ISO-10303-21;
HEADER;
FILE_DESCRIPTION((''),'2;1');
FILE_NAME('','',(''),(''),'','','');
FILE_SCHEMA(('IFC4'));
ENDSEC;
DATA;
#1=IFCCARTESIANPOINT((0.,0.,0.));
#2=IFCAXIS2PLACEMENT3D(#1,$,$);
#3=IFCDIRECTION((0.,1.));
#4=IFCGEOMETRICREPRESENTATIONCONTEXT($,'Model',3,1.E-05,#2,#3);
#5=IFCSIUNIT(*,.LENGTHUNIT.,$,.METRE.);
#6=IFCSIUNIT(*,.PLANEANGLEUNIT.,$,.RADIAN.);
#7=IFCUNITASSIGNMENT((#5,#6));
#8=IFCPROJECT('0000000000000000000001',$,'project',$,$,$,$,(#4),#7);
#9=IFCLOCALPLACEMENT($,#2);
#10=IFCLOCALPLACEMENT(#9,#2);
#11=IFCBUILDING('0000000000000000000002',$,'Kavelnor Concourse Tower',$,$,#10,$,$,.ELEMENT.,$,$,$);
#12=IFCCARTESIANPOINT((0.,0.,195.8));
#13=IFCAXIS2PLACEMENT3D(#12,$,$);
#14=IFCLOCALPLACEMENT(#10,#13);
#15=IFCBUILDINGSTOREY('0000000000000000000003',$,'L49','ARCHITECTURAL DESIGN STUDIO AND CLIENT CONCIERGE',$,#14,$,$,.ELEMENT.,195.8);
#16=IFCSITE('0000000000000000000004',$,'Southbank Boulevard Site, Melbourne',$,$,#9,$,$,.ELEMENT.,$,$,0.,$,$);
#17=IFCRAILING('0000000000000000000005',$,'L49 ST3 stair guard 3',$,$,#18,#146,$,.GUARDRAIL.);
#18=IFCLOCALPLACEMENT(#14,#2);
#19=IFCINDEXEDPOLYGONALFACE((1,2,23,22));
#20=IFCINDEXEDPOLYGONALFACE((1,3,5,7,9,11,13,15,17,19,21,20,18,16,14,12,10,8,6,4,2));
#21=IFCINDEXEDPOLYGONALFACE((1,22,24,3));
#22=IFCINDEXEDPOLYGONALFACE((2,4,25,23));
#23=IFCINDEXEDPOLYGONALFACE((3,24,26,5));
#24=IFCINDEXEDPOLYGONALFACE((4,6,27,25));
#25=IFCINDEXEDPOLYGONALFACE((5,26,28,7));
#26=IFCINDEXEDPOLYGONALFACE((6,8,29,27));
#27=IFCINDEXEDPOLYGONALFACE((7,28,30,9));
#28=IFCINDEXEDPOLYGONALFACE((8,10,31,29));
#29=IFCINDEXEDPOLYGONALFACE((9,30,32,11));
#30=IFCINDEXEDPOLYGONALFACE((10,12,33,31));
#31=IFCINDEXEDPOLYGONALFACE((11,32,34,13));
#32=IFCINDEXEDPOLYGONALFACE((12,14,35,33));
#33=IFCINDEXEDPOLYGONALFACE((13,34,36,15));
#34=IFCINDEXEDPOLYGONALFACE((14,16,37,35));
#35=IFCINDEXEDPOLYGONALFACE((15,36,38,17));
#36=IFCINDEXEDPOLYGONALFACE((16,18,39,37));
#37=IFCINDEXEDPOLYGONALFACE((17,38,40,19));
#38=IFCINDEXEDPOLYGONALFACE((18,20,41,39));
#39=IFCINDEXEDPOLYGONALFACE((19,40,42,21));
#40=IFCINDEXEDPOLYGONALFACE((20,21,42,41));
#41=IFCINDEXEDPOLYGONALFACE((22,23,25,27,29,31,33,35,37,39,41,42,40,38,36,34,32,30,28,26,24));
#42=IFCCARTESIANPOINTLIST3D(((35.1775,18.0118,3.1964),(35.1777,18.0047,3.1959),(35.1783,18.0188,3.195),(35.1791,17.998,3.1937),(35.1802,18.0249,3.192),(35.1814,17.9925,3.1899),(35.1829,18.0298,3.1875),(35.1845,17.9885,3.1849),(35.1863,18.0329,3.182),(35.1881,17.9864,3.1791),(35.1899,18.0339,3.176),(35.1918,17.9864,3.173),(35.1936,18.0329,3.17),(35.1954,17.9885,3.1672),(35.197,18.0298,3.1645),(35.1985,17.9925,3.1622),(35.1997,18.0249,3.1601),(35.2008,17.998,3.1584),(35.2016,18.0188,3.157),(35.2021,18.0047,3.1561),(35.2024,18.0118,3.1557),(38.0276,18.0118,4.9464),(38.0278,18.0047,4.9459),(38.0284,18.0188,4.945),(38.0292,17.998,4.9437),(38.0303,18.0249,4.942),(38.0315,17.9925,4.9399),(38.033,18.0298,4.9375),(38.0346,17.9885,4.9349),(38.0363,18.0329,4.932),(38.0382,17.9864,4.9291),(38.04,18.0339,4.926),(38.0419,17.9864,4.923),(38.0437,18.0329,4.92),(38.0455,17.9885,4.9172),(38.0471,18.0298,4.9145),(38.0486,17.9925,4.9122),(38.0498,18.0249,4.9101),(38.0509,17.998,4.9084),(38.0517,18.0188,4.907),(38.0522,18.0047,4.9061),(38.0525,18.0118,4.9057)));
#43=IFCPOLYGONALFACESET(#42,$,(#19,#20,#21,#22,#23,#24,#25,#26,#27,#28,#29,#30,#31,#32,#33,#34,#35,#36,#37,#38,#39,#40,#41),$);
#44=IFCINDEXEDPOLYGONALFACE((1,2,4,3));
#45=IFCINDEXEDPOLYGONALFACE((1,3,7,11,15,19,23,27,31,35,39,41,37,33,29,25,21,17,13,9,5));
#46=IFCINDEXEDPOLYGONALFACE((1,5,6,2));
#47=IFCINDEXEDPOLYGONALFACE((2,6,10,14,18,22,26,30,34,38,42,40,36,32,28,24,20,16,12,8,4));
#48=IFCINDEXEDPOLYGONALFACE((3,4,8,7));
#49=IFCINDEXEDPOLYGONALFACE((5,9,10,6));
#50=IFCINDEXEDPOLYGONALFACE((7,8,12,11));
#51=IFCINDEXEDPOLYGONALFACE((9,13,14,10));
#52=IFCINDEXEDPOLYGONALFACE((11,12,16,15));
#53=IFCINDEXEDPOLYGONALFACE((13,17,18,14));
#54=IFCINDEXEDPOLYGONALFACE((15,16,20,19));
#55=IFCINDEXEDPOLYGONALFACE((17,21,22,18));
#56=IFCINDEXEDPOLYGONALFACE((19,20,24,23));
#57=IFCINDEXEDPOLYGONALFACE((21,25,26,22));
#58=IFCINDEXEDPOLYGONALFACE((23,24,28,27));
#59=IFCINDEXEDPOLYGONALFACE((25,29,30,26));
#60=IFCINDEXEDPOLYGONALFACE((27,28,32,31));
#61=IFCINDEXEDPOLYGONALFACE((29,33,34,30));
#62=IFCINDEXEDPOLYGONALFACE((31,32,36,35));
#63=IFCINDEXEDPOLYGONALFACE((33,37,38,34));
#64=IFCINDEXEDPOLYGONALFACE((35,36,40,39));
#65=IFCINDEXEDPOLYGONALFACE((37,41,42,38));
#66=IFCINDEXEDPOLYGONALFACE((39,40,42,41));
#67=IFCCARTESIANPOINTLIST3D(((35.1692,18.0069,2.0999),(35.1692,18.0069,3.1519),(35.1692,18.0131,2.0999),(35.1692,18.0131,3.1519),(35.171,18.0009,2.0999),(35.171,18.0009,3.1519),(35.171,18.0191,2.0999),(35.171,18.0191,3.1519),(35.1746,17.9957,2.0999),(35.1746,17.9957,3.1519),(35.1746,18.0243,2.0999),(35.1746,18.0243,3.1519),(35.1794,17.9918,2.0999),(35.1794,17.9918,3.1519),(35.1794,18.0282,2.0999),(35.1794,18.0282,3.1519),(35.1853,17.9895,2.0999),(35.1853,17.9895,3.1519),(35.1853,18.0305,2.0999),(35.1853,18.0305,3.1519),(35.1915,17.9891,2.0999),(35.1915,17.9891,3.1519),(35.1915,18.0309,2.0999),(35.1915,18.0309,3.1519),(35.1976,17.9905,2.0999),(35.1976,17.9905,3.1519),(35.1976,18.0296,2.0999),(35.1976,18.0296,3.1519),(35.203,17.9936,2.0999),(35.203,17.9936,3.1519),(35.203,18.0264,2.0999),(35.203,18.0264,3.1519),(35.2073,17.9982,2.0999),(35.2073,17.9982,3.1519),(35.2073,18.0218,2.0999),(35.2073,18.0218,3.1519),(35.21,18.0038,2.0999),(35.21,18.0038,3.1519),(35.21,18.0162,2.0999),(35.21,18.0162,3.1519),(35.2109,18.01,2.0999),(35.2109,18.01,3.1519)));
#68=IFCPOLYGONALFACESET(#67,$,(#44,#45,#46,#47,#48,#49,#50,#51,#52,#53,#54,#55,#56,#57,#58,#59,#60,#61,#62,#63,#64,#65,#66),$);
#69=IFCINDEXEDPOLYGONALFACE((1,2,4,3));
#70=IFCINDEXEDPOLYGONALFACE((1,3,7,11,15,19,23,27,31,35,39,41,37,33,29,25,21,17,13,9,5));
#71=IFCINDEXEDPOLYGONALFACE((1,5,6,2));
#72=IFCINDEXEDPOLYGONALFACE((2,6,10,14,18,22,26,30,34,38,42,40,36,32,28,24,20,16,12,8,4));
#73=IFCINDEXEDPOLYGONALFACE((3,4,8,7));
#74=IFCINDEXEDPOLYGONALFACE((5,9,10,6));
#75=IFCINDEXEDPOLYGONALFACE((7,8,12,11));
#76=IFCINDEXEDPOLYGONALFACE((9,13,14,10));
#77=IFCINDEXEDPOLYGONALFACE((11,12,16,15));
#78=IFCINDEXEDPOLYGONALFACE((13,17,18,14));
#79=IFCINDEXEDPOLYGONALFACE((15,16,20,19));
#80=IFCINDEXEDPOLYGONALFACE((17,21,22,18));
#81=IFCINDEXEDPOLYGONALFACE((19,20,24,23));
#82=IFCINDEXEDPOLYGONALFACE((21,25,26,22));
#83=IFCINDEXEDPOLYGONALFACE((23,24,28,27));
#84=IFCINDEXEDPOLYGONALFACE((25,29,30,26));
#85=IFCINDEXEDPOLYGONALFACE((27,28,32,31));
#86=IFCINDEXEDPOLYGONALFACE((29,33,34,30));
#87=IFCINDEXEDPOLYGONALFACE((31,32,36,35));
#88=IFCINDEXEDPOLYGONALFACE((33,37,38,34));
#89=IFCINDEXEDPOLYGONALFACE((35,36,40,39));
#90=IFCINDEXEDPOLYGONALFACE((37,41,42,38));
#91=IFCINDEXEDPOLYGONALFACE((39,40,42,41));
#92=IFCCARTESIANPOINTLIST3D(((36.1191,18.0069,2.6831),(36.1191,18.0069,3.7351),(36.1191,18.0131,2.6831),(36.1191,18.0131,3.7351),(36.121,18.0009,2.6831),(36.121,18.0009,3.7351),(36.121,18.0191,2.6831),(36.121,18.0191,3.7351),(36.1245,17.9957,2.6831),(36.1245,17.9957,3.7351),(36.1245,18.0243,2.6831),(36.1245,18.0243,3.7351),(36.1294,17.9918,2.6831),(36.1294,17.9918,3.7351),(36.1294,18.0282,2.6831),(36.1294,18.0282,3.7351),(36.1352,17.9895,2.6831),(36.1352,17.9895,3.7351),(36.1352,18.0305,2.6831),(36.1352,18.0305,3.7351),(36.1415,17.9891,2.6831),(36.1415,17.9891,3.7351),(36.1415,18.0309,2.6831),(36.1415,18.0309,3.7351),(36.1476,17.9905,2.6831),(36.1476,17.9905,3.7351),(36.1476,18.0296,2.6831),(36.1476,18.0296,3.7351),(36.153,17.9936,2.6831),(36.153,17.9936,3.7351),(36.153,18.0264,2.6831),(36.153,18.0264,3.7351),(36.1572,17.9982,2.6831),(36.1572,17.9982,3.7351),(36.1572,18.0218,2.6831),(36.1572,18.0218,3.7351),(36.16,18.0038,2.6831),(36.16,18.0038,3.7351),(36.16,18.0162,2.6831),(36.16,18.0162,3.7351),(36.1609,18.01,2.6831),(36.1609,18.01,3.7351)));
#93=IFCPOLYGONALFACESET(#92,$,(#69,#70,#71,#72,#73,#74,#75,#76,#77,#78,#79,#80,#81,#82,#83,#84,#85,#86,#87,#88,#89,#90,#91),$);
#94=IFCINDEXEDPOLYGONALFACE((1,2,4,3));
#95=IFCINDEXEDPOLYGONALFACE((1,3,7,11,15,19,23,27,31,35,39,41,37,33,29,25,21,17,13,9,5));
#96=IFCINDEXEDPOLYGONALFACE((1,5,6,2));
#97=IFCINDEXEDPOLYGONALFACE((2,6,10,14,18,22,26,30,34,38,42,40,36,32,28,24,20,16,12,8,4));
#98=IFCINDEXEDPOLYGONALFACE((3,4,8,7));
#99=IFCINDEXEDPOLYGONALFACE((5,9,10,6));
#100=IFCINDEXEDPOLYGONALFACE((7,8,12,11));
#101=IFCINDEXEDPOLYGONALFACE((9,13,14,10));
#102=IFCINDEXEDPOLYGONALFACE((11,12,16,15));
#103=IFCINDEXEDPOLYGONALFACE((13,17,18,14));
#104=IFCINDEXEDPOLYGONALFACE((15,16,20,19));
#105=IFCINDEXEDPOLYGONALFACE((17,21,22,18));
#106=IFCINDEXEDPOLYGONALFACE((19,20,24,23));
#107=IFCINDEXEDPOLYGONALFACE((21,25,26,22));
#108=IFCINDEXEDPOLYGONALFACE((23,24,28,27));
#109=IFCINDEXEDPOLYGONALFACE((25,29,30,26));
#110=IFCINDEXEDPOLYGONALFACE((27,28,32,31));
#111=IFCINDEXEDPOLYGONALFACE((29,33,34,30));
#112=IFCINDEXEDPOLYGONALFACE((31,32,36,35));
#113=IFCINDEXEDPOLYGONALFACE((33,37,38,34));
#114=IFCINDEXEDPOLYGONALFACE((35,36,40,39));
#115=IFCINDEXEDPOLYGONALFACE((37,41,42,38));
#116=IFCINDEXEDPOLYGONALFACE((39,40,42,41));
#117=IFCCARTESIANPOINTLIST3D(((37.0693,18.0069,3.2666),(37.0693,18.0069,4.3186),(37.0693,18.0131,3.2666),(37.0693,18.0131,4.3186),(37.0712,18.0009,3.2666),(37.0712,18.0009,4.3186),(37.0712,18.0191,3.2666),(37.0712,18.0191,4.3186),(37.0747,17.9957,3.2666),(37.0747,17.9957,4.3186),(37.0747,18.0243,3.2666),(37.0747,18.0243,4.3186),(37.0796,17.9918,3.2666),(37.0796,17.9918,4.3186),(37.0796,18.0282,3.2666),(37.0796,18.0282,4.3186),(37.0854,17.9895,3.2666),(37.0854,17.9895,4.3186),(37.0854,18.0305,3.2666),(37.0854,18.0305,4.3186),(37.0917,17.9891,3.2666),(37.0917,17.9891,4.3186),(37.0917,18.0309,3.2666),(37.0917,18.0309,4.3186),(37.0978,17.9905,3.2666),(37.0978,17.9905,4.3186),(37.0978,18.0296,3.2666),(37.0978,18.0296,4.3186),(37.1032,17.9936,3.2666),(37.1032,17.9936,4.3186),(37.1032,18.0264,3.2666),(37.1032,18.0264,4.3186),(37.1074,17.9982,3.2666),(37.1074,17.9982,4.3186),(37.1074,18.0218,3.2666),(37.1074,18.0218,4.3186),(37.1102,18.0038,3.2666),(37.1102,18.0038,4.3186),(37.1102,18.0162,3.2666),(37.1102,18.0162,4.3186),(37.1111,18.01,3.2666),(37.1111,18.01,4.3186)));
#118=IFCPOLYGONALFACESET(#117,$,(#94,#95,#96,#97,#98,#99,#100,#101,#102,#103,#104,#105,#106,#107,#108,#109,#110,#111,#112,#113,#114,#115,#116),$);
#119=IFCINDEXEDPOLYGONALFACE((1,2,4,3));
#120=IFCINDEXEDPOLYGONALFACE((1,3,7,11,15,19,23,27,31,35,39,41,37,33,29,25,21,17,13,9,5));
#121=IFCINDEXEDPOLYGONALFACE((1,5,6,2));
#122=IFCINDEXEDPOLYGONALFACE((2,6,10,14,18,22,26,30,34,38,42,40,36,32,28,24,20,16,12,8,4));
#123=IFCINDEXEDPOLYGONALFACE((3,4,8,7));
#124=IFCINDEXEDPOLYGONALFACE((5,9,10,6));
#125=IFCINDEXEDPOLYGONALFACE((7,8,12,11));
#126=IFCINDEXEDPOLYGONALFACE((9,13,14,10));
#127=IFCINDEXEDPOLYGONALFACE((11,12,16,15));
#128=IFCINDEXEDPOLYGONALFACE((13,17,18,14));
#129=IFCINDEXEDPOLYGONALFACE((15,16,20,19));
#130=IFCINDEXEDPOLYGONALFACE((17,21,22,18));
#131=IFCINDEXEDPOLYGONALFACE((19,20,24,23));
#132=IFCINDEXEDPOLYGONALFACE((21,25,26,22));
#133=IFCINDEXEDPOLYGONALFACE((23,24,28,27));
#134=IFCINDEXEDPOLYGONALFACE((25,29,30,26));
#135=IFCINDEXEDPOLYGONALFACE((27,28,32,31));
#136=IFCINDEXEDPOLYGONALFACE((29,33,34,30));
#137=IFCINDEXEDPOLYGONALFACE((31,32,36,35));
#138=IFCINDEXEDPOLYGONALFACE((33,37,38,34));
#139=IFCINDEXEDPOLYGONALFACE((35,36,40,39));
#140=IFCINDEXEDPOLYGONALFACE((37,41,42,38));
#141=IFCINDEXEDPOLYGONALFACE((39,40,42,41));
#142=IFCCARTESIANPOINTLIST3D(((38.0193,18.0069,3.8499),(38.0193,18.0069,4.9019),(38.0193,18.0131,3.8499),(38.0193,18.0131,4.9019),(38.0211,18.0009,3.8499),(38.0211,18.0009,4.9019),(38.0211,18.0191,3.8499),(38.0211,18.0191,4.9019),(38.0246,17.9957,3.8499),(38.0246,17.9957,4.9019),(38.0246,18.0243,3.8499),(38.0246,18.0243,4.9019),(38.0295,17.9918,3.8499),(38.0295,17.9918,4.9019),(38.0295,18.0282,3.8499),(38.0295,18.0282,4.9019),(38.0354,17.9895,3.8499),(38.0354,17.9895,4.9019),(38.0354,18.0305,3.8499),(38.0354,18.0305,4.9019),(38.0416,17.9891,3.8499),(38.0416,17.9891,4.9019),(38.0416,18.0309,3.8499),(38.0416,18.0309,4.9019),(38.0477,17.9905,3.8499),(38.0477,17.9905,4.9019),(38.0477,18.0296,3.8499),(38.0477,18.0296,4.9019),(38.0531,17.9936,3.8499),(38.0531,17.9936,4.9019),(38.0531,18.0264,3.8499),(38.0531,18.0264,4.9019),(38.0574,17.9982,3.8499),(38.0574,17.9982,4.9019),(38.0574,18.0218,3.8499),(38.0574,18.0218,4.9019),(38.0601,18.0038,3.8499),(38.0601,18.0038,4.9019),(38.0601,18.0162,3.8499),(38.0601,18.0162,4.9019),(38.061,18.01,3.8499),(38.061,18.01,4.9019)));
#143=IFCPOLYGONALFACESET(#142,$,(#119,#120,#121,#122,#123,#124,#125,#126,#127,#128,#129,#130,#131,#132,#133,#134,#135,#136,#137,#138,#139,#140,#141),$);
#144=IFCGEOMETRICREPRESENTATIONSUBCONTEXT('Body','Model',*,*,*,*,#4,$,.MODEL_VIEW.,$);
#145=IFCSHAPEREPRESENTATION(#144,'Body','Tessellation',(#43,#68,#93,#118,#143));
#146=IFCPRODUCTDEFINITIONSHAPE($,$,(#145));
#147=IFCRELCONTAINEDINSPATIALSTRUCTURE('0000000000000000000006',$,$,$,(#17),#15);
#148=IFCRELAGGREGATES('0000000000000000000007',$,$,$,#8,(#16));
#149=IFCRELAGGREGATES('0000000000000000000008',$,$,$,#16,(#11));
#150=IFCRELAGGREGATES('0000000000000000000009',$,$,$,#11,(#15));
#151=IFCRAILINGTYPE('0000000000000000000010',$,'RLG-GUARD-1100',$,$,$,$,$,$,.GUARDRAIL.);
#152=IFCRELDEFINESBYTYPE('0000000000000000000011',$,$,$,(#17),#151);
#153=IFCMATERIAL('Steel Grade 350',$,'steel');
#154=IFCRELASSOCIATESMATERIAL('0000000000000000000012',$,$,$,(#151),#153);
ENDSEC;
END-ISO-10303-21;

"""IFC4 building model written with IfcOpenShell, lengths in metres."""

from ifc_helpers import new_model, si_unit, direction, frame, origin, origin_2d, place, context, subcontext, project, spatial, circle, extrude, material, type_object, element, save


model = new_model("IFC4")

# Units and contexts
model_context = context("Model", 3, precision=1e-05, world=origin(), true_north=direction((0.0, 1.0)))
body_context = subcontext(model_context, "Body", "Model", "MODEL_VIEW")
ifc_project = project(units=[si_unit("LENGTHUNIT", "METRE"), si_unit("PLANEANGLEUNIT", "RADIAN")], contexts=[model_context])

# Site, building, storey
site_placement = place(None, origin())
site = spatial("IfcSite", under=ifc_project, at=site_placement, Name="Southbank Boulevard Site, Melbourne", CompositionType="ELEMENT", RefElevation=0.0)
building_placement = place(site_placement, origin())
building = spatial("IfcBuilding", under=site, at=building_placement, Name="Kavelnor Concourse Tower", CompositionType="ELEMENT")
storey_placement = place(building_placement, frame((0.0, 0.0, 195.8)))
storey = spatial("IfcBuildingStorey", under=building, at=storey_placement, Name="L49", Description="ARCHITECTURAL DESIGN STUDIO AND CLIENT CONCIERGE", CompositionType="ELEMENT", Elevation=195.8)

# Shared definitions
ifc_material_1 = material(Name="Steel Grade 350", Category="steel")

# Railing
railing_type = type_object("IfcRailingType", Name="RLG-GUARD-1100", PredefinedType="GUARDRAIL", material=ifc_material_1)
railing_1_placement = place(storey_placement, frame((35.1899, 18.01, 2.0999)))
element("IfcRailing", 1, at=railing_1_placement, inside=storey, type_object=railing_type, Name="L49 ST3 stair guard 3", PredefinedType="GUARDRAIL", context=body_context, shape_type="SweptSolid", body=[
    extrude(circle(Radius=0.0239, at=origin_2d()), frame((0.0, 0.0, 1.0762), z_axis=(0.852179, 0.0, 0.52325), x_axis=(0.0, 1.0, 0.0)), (0.0, 0.0, 1.0), 3.3445),
    extrude(circle(Radius=0.021, at=origin_2d()), origin(), (0.0, 0.0, 1.0), 1.052),
    extrude(circle(Radius=0.021, at=origin_2d()), frame((0.95, 0.0, 0.5833)), (0.0, 0.0, 1.0), 1.052),
    extrude(circle(Radius=0.021, at=origin_2d()), frame((1.9001, 0.0, 1.1667)), (0.0, 0.0, 1.0), 1.052),
    extrude(circle(Radius=0.021, at=origin_2d()), frame((2.8501, 0.0, 1.75)), (0.0, 0.0, 1.0), 1.052),
])

save(model, "model.ifc")
